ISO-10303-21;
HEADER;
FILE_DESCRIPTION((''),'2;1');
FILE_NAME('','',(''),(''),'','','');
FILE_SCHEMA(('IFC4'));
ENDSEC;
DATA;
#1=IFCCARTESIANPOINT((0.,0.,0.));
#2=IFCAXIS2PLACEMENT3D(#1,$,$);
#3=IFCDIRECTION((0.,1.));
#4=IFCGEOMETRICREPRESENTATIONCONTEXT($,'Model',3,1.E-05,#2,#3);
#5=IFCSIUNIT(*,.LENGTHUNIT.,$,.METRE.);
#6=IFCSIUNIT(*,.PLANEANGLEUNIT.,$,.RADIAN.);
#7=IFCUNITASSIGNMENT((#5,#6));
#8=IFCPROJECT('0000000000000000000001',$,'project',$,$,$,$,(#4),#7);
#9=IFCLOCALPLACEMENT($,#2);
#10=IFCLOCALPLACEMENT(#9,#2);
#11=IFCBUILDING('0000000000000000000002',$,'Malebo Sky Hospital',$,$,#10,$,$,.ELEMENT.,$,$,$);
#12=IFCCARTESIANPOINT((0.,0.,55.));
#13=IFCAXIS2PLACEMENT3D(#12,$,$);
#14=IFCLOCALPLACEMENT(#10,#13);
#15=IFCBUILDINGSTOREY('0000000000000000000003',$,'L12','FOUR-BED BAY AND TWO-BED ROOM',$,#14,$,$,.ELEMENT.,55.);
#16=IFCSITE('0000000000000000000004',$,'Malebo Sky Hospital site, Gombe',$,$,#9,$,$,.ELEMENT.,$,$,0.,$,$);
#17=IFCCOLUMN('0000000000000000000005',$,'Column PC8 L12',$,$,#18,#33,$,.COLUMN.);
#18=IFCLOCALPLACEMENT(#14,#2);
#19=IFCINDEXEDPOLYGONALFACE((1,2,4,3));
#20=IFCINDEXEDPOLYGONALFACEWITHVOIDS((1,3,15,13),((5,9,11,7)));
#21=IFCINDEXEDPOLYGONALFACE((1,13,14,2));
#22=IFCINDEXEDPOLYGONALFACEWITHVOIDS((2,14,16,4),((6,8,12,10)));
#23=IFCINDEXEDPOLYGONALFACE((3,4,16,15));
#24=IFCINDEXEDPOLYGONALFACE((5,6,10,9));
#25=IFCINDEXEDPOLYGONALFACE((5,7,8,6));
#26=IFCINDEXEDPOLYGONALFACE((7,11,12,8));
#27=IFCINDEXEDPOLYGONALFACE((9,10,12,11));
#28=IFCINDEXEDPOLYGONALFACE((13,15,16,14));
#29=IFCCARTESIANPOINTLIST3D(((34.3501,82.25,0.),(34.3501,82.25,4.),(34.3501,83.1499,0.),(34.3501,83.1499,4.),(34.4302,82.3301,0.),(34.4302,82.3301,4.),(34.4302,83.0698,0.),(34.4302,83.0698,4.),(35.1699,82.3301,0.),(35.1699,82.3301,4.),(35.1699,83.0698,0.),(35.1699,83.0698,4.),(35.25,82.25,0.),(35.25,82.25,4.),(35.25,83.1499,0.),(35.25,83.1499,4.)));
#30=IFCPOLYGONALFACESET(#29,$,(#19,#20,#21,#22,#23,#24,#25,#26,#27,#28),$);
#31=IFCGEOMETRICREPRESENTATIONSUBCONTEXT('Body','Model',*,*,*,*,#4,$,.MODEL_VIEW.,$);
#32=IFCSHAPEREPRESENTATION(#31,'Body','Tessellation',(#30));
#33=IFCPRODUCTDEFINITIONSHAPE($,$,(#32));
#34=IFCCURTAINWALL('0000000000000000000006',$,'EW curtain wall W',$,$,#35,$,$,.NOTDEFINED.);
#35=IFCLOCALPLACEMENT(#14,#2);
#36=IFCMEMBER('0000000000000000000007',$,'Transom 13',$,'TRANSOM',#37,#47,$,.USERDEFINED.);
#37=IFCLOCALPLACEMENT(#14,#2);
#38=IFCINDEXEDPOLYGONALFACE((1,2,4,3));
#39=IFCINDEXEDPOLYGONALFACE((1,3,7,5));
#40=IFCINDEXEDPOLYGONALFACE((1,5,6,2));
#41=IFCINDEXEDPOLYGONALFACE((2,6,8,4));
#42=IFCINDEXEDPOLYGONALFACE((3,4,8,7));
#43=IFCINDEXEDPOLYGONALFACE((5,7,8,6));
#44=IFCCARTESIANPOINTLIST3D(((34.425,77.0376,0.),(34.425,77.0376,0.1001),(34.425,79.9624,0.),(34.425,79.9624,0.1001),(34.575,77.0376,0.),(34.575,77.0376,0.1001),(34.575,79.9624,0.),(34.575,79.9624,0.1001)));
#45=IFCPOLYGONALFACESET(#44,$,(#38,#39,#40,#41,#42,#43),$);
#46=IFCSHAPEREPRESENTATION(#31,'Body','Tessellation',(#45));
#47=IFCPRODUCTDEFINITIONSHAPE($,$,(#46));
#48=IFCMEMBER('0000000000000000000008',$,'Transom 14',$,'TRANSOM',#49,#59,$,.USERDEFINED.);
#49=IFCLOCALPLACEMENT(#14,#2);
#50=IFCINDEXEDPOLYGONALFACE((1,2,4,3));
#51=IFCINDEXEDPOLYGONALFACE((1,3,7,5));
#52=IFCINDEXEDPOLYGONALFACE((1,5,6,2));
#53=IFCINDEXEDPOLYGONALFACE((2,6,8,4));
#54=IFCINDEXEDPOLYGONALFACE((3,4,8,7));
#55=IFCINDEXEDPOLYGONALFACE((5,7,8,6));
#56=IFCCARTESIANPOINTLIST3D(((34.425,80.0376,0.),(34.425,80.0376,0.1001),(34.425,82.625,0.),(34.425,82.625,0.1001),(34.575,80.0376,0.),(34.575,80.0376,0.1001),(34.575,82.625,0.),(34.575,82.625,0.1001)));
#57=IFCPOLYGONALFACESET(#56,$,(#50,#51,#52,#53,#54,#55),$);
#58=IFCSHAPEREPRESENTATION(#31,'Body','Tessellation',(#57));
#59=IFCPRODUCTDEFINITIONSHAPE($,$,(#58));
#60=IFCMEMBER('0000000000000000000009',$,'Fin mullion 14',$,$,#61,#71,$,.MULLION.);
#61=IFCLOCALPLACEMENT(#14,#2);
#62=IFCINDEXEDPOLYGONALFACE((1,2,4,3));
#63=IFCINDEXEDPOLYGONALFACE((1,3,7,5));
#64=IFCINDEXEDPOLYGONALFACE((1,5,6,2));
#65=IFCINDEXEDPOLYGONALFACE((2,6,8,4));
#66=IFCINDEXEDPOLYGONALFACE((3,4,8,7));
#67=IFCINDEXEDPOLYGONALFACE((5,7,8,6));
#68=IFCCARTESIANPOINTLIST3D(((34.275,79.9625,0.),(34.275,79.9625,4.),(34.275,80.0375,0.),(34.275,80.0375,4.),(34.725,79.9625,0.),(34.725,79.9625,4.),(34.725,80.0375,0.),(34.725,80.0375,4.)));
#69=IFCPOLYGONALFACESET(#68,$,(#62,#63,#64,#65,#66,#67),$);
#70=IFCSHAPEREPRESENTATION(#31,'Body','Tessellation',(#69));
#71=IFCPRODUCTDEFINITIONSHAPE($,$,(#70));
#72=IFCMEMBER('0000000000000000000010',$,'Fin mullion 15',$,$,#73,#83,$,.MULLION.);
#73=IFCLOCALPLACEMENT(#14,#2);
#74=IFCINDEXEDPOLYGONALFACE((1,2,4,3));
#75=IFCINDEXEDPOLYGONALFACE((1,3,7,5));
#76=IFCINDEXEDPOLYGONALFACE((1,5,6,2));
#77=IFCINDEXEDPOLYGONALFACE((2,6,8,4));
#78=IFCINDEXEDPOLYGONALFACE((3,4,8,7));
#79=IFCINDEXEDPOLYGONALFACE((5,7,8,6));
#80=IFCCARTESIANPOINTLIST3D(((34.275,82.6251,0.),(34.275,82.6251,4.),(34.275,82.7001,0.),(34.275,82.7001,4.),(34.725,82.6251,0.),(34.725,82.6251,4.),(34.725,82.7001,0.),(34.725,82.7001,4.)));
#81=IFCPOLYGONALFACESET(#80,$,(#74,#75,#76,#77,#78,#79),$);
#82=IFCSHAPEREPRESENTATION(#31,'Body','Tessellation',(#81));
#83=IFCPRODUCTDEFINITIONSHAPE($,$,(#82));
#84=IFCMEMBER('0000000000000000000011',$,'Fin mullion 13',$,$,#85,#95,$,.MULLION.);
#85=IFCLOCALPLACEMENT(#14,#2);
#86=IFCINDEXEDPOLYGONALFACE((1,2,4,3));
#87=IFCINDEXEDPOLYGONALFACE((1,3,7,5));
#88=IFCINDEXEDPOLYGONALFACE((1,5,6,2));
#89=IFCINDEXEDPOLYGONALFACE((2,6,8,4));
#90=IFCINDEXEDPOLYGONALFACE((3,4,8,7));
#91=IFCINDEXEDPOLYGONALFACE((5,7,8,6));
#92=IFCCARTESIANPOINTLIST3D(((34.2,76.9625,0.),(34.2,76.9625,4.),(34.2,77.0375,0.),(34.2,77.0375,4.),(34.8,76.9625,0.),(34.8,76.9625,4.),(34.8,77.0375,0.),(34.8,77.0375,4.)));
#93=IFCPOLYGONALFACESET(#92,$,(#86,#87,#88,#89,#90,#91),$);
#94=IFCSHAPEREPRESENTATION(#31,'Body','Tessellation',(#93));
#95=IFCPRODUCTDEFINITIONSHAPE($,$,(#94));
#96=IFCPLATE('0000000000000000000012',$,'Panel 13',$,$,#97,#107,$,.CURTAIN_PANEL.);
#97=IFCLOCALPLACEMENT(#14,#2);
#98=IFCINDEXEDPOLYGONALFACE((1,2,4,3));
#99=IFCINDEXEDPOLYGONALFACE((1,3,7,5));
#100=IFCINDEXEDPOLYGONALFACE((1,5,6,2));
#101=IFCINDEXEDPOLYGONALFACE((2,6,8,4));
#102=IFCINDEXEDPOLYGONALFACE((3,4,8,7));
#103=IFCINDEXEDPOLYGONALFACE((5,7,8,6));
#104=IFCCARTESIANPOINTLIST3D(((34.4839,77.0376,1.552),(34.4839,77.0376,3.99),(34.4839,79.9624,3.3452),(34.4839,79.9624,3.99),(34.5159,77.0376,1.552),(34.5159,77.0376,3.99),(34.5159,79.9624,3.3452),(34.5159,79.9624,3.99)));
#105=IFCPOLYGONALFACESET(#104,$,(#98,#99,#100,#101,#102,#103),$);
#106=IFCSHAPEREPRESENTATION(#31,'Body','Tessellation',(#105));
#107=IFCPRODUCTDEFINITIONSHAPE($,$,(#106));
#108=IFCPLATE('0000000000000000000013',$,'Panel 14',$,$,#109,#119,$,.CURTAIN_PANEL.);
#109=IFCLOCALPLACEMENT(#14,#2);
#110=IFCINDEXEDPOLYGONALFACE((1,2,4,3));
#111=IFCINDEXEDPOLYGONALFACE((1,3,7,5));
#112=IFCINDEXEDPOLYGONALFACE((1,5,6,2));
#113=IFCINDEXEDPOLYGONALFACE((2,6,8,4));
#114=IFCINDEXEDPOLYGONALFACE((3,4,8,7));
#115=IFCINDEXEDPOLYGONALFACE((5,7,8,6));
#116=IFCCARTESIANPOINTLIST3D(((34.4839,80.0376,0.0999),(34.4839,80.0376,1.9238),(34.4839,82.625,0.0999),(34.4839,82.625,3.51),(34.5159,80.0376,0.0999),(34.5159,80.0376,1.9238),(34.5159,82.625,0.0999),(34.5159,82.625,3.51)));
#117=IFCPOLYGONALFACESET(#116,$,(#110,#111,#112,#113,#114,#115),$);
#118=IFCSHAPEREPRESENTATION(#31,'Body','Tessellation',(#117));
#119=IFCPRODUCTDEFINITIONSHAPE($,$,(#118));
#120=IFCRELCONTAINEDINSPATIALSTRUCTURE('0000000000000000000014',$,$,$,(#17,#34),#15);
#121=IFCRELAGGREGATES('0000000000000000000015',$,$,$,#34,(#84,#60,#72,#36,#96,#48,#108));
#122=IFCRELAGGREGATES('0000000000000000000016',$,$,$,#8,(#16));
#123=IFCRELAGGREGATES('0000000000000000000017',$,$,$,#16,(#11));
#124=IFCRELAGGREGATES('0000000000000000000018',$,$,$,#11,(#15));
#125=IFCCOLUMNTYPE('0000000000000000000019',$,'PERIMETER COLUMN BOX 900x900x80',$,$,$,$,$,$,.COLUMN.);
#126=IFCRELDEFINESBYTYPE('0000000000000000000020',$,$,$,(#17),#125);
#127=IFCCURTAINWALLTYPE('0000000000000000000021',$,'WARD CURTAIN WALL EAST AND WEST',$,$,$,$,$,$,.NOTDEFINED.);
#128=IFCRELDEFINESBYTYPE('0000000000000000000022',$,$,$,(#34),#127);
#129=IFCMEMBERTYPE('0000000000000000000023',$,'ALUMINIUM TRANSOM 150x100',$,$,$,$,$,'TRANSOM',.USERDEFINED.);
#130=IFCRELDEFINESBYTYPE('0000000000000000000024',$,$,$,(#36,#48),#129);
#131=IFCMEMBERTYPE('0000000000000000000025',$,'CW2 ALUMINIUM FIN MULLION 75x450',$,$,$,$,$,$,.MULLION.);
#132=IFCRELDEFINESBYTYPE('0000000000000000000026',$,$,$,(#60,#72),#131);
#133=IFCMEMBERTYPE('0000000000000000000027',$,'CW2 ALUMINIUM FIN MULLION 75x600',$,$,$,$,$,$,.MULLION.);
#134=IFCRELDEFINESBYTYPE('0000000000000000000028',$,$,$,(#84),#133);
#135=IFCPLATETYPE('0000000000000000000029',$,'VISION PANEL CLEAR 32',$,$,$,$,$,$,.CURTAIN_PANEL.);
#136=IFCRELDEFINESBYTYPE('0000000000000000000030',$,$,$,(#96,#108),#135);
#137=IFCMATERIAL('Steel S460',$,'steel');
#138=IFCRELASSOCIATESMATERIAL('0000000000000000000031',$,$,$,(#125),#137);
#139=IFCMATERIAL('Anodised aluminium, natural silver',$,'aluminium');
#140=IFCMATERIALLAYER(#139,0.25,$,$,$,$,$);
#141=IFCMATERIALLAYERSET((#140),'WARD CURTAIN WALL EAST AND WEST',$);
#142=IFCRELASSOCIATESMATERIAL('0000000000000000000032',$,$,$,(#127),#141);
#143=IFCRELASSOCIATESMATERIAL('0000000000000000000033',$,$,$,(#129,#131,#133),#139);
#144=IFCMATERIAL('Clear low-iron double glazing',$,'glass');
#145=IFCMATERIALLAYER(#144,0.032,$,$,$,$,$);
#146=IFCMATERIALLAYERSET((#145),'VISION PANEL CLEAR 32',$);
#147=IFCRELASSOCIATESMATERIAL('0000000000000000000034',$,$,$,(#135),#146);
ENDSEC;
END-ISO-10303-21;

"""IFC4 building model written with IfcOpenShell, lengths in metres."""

from ifc_helpers import new_model, si_unit, direction, frame, origin, origin_2d, place, context, subcontext, project, spatial, polyline, rectangle, hollow_rectangle, outline, extrude, material, layer, layer_set, material_profile, profile_set, type_object, element, aggregate, save


model = new_model("IFC4")

# Units and contexts
model_context = context("Model", 3, precision=1e-05, world=origin(), true_north=direction((0.0, 1.0)))
body_context = subcontext(model_context, "Body", "Model", "MODEL_VIEW")
ifc_project = project(units=[si_unit("LENGTHUNIT", "METRE"), si_unit("PLANEANGLEUNIT", "RADIAN")], contexts=[model_context])

# Site, building, storey
site_placement = place(None, origin())
site = spatial("IfcSite", under=ifc_project, at=site_placement, Name="Malebo Sky Hospital site, Gombe", CompositionType="ELEMENT", RefElevation=0.0)
building_placement = place(site_placement, origin())
building = spatial("IfcBuilding", under=site, at=building_placement, Name="Malebo Sky Hospital", CompositionType="ELEMENT")
storey_placement = place(building_placement, frame((0.0, 0.0, 55.0)))
storey = spatial("IfcBuildingStorey", under=building, at=storey_placement, Name="L12", Description="FOUR-BED BAY AND TWO-BED ROOM", CompositionType="ELEMENT", Elevation=55.0)

# Column
ifc_material_1 = material(Name="Steel S460", Category="steel")
ifc_material_profile_1 = material_profile(ifc_material_1, hollow_rectangle(XDim=0.8999, YDim=0.8999, WallThickness=0.0801, at=origin_2d()), Name="BOX 900x900x80")
ifc_profile_set_1 = profile_set([ifc_material_profile_1], Name="Steel S460")
column_type = type_object("IfcColumnType", Name="PERIMETER COLUMN BOX 900x900x80", PredefinedType="COLUMN", material=ifc_profile_set_1)
column_placement = place(storey_placement, frame((34.8, 82.7, 0.0), z_axis=(0.0, 0.0, 1.0), x_axis=(1.0, 0.0, 0.0)))
element("IfcColumn", 1, at=column_placement, inside=storey, type_object=column_type, Name="Column PC8 L12", PredefinedType="COLUMN", context=body_context, shape_type="SweptSolid", body=[
    extrude(hollow_rectangle(XDim=0.8999, YDim=0.8999, WallThickness=0.0801, at=origin_2d()), origin(), (0.0, 0.0, 1.0), 4.0),
])

# Curtain wall, members, plates
ifc_material_2 = material(Name="Anodised aluminium, natural silver", Category="aluminium")
ifc_layer_1 = layer(ifc_material_2, 0.25)
ifc_layer_set_1 = layer_set([ifc_layer_1], Name="WARD CURTAIN WALL EAST AND WEST")
curtain_wall_type = type_object("IfcCurtainWallType", Name="WARD CURTAIN WALL EAST AND WEST", PredefinedType="NOTDEFINED", material=ifc_layer_set_1)
curtain_wall_placement = place(storey_placement, origin())
curtain_wall = element("IfcCurtainWall", 2, at=curtain_wall_placement, inside=storey, type_object=curtain_wall_type, Name="EW curtain wall W", PredefinedType="NOTDEFINED")
ifc_material_profile_2 = material_profile(ifc_material_2, rectangle(XDim=0.1499, YDim=0.1001, at=origin_2d()), Name="ALUMINIUM TRANSOM 150x100")
ifc_profile_set_2 = profile_set([ifc_material_profile_2], Name="Anodised aluminium, natural silver")
member_type_1 = type_object("IfcMemberType", Name="ALUMINIUM TRANSOM 150x100", ElementType="TRANSOM", PredefinedType="USERDEFINED", material=ifc_profile_set_2)
member_1_placement = place(storey_placement, frame((34.5, 77.0376, 0.05), z_axis=(0.0, 1.0, 0.0), x_axis=(-1.0, 0.0, 0.0)))
member_1 = element("IfcMember", 3, at=member_1_placement, type_object=member_type_1, Name="Transom 13", ObjectType="TRANSOM", PredefinedType="USERDEFINED", context=body_context, shape_type="SweptSolid", body=[
    extrude(rectangle(XDim=0.1499, YDim=0.1001, at=origin_2d()), origin(), (0.0, 0.0, 1.0), 2.9248),
])
member_2_placement = place(storey_placement, frame((34.5, 80.0376, 0.05), z_axis=(0.0, 1.0, 0.0), x_axis=(-1.0, 0.0, 0.0)))
member_2 = element("IfcMember", 4, at=member_2_placement, type_object=member_type_1, Name="Transom 14", ObjectType="TRANSOM", PredefinedType="USERDEFINED", context=body_context, shape_type="SweptSolid", body=[
    extrude(rectangle(XDim=0.1499, YDim=0.1001, at=origin_2d()), origin(), (0.0, 0.0, 1.0), 2.5874),
])
ifc_material_profile_3 = material_profile(ifc_material_2, rectangle(XDim=0.075, YDim=0.45, at=origin_2d()), Name="CW2 ALUMINIUM FIN MULLION 75x450")
ifc_profile_set_3 = profile_set([ifc_material_profile_3], Name="Anodised aluminium, natural silver")
member_type_2 = type_object("IfcMemberType", Name="CW2 ALUMINIUM FIN MULLION 75x450", PredefinedType="MULLION", material=ifc_profile_set_3)
member_3_placement = place(storey_placement, frame((34.5, 80.0, 0.0), z_axis=(0.0, 0.0, 1.0), x_axis=(0.0, 1.0, 0.0)))
member_3 = element("IfcMember", 5, at=member_3_placement, type_object=member_type_2, Name="Fin mullion 14", PredefinedType="MULLION", context=body_context, shape_type="SweptSolid", body=[
    extrude(rectangle(XDim=0.075, YDim=0.45, at=origin_2d()), origin(), (0.0, 0.0, 1.0), 4.0),
])
member_4_placement = place(storey_placement, frame((34.5, 82.6626, 0.0), z_axis=(0.0, 0.0, 1.0), x_axis=(0.0, 1.0, 0.0)))
member_4 = element("IfcMember", 6, at=member_4_placement, type_object=member_type_2, Name="Fin mullion 15", PredefinedType="MULLION", context=body_context, shape_type="SweptSolid", body=[
    extrude(rectangle(XDim=0.075, YDim=0.45, at=origin_2d()), origin(), (0.0, 0.0, 1.0), 4.0),
])
ifc_material_profile_4 = material_profile(ifc_material_2, rectangle(XDim=0.075, YDim=0.6001, at=origin_2d()), Name="CW2 ALUMINIUM FIN MULLION 75x600")
ifc_profile_set_4 = profile_set([ifc_material_profile_4], Name="Anodised aluminium, natural silver")
member_type_3 = type_object("IfcMemberType", Name="CW2 ALUMINIUM FIN MULLION 75x600", PredefinedType="MULLION", material=ifc_profile_set_4)
member_5_placement = place(storey_placement, frame((34.5, 77.0, 0.0), z_axis=(0.0, 0.0, 1.0), x_axis=(0.0, 1.0, 0.0)))
member_5 = element("IfcMember", 7, at=member_5_placement, type_object=member_type_3, Name="Fin mullion 13", PredefinedType="MULLION", context=body_context, shape_type="SweptSolid", body=[
    extrude(rectangle(XDim=0.075, YDim=0.6001, at=origin_2d()), origin(), (0.0, 0.0, 1.0), 4.0),
])
ifc_material_3 = material(Name="Clear low-iron double glazing", Category="glass")
ifc_layer_2 = layer(ifc_material_3, 0.032)
ifc_layer_set_2 = layer_set([ifc_layer_2], Name="VISION PANEL CLEAR 32")
plate_type = type_object("IfcPlateType", Name="VISION PANEL CLEAR 32", PredefinedType="CURTAIN_PANEL", material=ifc_layer_set_2)
plate_1_placement = place(storey_placement, frame((34.5, 78.5, 1.552), z_axis=(0.0, 0.0, 1.0), x_axis=(0.0, 1.0, 0.0)))
plate_1 = element("IfcPlate", 8, at=plate_1_placement, type_object=plate_type, Name="Panel 13", PredefinedType="CURTAIN_PANEL", context=body_context, shape_type="SweptSolid", body=[
    extrude(outline(polyline([(-1.4624, 0.0), (1.4624, 1.7932), (1.4624, 2.438), (-1.4624, 2.438), (-1.4624, 0.0)])), frame((0.0, 0.0161, 0.0), z_axis=(0.0, -1.0, 0.0), x_axis=(1.0, 0.0, 0.0)), (0.0, 0.0, 1.0), 0.032),
])
plate_2_placement = place(storey_placement, frame((34.5, 81.3313, 0.0999), z_axis=(0.0, 0.0, 1.0), x_axis=(0.0, 1.0, 0.0)))
plate_2 = element("IfcPlate", 9, at=plate_2_placement, type_object=plate_type, Name="Panel 14", PredefinedType="CURTAIN_PANEL", context=body_context, shape_type="SweptSolid", body=[
    extrude(outline(polyline([(-1.2937, 0.0), (1.2937, 0.0), (1.2937, 3.4102), (-1.2937, 1.824), (-1.2937, 0.0)])), frame((0.0, 0.0161, 0.0), z_axis=(0.0, -1.0, 0.0), x_axis=(1.0, 0.0, 0.0)), (0.0, 0.0, 1.0), 0.032),
])
aggregate(curtain_wall, [member_5, member_3, member_4, member_1, plate_1, member_2, plate_2])

save(model, "model.ifc")
